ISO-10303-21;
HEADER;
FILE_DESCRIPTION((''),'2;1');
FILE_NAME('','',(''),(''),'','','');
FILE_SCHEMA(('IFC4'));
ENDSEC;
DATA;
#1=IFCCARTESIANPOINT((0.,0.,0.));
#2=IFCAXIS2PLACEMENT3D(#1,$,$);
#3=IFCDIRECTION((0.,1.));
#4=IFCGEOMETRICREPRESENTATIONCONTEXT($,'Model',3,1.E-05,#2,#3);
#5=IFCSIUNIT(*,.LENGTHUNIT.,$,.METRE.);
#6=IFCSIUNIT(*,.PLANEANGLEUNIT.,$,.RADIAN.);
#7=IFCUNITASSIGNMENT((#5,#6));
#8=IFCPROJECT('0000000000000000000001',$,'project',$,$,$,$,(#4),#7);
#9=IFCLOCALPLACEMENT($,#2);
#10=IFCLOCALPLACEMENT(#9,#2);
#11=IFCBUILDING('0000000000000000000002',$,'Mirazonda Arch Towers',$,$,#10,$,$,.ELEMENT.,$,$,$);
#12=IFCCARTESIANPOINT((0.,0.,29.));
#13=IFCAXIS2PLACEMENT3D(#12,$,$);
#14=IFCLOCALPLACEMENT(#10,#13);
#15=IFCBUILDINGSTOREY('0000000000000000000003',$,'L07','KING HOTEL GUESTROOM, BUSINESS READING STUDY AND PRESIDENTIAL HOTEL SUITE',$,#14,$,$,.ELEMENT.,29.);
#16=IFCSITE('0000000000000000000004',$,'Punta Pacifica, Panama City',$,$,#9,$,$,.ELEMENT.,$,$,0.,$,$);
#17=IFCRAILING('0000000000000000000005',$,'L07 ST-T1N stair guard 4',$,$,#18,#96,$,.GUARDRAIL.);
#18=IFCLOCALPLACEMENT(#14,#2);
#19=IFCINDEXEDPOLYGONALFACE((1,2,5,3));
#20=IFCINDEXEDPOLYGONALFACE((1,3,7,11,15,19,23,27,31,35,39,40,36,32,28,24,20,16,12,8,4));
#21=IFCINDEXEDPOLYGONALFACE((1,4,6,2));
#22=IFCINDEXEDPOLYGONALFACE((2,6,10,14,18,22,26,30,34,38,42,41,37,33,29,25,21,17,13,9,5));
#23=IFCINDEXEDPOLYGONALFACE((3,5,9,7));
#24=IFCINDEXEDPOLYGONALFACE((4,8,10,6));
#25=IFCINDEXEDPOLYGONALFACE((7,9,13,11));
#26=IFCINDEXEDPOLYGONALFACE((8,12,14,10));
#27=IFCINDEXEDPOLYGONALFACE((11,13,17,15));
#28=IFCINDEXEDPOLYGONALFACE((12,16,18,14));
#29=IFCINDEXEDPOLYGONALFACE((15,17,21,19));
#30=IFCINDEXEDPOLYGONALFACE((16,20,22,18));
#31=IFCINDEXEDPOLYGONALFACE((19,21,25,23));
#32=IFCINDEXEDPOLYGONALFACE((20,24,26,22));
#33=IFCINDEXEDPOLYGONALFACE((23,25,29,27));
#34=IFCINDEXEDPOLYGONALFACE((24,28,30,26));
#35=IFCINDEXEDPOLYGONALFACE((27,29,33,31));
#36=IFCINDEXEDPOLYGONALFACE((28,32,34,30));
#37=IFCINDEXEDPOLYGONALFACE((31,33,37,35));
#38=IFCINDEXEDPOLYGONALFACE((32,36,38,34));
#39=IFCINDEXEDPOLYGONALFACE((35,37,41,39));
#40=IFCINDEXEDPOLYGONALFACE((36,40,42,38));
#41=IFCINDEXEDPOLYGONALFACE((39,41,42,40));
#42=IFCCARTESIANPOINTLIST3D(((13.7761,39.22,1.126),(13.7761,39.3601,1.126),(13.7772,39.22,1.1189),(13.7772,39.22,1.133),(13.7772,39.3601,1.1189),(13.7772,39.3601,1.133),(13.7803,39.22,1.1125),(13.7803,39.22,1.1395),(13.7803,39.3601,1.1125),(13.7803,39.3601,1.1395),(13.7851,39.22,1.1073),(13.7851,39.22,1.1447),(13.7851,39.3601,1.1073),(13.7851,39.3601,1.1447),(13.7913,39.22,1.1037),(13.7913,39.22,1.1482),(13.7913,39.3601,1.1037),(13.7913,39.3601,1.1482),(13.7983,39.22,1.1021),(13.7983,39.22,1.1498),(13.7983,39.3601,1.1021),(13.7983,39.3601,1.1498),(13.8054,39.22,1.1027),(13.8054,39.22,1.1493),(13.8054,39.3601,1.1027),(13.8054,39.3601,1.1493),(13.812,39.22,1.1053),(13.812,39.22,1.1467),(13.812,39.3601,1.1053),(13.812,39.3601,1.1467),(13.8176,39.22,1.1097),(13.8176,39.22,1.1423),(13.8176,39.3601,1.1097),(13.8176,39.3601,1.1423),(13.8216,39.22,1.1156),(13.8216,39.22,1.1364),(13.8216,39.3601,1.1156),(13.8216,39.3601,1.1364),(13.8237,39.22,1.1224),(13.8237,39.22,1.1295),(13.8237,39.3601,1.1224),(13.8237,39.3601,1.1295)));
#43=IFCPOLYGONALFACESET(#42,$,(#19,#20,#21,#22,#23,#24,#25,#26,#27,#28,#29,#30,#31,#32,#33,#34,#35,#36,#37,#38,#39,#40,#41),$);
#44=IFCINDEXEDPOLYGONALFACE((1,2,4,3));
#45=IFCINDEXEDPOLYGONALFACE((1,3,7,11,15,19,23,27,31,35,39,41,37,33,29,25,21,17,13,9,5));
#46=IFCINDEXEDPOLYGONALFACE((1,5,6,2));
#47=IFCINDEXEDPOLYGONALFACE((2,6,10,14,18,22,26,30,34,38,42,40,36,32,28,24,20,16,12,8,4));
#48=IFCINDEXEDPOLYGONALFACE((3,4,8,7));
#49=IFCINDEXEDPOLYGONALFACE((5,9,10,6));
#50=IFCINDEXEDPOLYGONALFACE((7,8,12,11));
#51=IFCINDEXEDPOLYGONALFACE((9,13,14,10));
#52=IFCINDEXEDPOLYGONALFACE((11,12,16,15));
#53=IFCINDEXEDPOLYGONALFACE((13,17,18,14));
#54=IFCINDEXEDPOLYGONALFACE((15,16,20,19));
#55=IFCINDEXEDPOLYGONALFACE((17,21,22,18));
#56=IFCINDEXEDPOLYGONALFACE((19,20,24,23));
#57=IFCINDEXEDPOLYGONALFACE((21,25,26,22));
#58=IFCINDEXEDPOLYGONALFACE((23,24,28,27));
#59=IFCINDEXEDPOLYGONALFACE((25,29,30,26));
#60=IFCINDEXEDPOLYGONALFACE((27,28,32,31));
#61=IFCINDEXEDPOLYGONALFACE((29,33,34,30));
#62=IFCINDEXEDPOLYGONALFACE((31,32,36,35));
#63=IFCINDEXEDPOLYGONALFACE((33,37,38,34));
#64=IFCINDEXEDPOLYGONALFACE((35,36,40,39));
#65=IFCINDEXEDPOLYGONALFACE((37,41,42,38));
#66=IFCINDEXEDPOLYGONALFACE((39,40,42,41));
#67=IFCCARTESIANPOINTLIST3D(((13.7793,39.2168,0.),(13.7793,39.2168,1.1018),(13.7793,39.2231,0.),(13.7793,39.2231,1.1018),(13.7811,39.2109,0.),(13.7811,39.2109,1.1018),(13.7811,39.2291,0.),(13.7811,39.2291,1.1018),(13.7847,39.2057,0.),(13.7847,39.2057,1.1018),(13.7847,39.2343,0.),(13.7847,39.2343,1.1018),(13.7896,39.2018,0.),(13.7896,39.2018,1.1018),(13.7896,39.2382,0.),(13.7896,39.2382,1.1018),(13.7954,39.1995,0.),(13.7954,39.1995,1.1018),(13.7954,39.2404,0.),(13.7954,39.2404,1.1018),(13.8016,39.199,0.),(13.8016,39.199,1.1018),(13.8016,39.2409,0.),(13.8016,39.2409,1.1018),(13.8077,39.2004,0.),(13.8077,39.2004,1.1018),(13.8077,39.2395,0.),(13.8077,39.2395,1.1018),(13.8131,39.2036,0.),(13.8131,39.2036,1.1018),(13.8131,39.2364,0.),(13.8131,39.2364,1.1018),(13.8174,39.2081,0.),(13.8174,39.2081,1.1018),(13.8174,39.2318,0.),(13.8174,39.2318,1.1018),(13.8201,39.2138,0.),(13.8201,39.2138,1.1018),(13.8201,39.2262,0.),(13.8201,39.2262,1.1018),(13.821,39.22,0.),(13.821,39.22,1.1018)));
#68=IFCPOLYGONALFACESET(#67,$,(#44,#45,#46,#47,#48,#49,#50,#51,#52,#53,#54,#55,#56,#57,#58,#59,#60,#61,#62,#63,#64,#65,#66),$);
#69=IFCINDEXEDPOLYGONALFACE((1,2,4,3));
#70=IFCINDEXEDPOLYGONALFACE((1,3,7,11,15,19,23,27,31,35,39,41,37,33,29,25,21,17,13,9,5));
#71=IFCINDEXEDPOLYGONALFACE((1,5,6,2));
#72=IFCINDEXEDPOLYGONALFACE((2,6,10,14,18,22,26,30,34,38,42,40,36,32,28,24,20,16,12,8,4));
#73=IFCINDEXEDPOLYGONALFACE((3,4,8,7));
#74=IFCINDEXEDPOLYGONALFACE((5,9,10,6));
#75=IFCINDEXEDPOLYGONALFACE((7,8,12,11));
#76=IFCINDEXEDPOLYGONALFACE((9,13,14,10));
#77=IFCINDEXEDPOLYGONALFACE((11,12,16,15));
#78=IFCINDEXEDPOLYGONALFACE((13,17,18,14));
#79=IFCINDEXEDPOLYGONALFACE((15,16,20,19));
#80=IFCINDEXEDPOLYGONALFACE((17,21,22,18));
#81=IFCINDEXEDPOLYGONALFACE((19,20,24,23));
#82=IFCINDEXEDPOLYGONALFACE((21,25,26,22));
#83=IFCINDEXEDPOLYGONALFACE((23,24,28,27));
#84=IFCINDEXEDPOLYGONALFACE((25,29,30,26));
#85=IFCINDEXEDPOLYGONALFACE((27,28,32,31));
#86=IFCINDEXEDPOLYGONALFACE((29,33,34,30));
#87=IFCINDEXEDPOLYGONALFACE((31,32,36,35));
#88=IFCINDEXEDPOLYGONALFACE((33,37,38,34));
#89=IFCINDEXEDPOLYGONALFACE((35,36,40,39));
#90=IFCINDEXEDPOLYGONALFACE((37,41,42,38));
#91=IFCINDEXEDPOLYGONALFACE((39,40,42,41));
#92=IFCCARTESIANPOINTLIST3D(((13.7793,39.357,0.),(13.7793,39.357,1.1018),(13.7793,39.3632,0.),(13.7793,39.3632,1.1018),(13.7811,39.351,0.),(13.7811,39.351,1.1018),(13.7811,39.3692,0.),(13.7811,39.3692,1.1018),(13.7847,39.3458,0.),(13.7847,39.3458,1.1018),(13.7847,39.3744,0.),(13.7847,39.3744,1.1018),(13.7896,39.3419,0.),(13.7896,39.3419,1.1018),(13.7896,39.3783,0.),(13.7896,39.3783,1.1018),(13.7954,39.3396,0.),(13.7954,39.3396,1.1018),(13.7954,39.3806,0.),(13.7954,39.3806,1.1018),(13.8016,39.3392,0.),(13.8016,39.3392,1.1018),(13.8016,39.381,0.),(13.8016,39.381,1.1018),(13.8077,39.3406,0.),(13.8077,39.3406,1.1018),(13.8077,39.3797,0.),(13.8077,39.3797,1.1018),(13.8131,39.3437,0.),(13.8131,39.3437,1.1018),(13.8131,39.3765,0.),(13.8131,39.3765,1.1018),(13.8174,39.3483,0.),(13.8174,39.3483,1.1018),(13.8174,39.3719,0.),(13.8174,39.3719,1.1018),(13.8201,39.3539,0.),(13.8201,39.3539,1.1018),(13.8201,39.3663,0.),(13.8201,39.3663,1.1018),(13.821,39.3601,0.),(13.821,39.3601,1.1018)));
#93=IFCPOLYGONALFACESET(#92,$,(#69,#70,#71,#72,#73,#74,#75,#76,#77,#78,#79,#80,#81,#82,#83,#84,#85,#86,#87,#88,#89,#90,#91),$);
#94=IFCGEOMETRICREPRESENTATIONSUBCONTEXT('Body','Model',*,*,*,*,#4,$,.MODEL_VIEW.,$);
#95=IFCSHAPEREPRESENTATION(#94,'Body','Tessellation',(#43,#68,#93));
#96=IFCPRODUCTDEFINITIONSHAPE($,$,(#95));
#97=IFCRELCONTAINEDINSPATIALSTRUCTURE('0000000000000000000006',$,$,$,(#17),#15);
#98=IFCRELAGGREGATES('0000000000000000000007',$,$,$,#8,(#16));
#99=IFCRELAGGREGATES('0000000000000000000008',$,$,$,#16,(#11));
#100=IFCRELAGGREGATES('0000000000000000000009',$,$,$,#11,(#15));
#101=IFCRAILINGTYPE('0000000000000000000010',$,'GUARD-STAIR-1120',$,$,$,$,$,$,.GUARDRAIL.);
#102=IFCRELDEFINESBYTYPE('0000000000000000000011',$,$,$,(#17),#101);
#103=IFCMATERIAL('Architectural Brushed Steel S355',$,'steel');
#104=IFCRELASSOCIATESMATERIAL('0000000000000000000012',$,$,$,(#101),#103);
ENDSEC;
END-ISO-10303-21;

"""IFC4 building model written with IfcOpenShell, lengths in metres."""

from ifc_helpers import new_model, si_unit, direction, frame, origin, origin_2d, place, context, subcontext, project, spatial, circle, extrude, material, type_object, element, save


model = new_model("IFC4")

# Units and contexts
model_context = context("Model", 3, precision=1e-05, world=origin(), true_north=direction((0.0, 1.0)))
body_context = subcontext(model_context, "Body", "Model", "MODEL_VIEW")
ifc_project = project(units=[si_unit("LENGTHUNIT", "METRE"), si_unit("PLANEANGLEUNIT", "RADIAN")], contexts=[model_context])

# Site, building, storey
site_placement = place(None, origin())
site = spatial("IfcSite", under=ifc_project, at=site_placement, Name="Punta Pacifica, Panama City", CompositionType="ELEMENT", RefElevation=0.0)
building_placement = place(site_placement, origin())
building = spatial("IfcBuilding", under=site, at=building_placement, Name="Mirazonda Arch Towers", CompositionType="ELEMENT")
storey_placement = place(building_placement, frame((0.0, 0.0, 29.0)))
storey = spatial("IfcBuildingStorey", under=building, at=storey_placement, Name="L07", Description="KING HOTEL GUESTROOM, BUSINESS READING STUDY AND PRESIDENTIAL HOTEL SUITE", CompositionType="ELEMENT", Elevation=29.0)

# Shared definitions
ifc_material_1 = material(Name="Architectural Brushed Steel S355", Category="steel")

# Railing
railing_type_1 = type_object("IfcRailingType", Name="GUARD-STAIR-1120", PredefinedType="GUARDRAIL", material=ifc_material_1)
railing_1_placement = place(storey_placement, frame((13.8, 39.22, 0.0)))
element("IfcRailing", 1, at=railing_1_placement, inside=storey, type_object=railing_type_1, Name="L07 ST-T1N stair guard 4", PredefinedType="GUARDRAIL", context=body_context, shape_type="SweptSolid", body=[
    extrude(circle(Radius=0.0239, at=origin_2d()), frame((0.0, 0.0, 1.126), z_axis=(0.0, 1.0, 0.0), x_axis=(-1.0, 0.0, 0.0)), (0.0, 0.0, 1.0), 0.1401),
    extrude(circle(Radius=0.021, at=origin_2d()), origin(), (0.0, 0.0, 1.0), 1.1018),
    extrude(circle(Radius=0.021, at=origin_2d()), frame((0.0, 0.1401, 0.0)), (0.0, 0.0, 1.0), 1.1018),
])

save(model, "model.ifc")
